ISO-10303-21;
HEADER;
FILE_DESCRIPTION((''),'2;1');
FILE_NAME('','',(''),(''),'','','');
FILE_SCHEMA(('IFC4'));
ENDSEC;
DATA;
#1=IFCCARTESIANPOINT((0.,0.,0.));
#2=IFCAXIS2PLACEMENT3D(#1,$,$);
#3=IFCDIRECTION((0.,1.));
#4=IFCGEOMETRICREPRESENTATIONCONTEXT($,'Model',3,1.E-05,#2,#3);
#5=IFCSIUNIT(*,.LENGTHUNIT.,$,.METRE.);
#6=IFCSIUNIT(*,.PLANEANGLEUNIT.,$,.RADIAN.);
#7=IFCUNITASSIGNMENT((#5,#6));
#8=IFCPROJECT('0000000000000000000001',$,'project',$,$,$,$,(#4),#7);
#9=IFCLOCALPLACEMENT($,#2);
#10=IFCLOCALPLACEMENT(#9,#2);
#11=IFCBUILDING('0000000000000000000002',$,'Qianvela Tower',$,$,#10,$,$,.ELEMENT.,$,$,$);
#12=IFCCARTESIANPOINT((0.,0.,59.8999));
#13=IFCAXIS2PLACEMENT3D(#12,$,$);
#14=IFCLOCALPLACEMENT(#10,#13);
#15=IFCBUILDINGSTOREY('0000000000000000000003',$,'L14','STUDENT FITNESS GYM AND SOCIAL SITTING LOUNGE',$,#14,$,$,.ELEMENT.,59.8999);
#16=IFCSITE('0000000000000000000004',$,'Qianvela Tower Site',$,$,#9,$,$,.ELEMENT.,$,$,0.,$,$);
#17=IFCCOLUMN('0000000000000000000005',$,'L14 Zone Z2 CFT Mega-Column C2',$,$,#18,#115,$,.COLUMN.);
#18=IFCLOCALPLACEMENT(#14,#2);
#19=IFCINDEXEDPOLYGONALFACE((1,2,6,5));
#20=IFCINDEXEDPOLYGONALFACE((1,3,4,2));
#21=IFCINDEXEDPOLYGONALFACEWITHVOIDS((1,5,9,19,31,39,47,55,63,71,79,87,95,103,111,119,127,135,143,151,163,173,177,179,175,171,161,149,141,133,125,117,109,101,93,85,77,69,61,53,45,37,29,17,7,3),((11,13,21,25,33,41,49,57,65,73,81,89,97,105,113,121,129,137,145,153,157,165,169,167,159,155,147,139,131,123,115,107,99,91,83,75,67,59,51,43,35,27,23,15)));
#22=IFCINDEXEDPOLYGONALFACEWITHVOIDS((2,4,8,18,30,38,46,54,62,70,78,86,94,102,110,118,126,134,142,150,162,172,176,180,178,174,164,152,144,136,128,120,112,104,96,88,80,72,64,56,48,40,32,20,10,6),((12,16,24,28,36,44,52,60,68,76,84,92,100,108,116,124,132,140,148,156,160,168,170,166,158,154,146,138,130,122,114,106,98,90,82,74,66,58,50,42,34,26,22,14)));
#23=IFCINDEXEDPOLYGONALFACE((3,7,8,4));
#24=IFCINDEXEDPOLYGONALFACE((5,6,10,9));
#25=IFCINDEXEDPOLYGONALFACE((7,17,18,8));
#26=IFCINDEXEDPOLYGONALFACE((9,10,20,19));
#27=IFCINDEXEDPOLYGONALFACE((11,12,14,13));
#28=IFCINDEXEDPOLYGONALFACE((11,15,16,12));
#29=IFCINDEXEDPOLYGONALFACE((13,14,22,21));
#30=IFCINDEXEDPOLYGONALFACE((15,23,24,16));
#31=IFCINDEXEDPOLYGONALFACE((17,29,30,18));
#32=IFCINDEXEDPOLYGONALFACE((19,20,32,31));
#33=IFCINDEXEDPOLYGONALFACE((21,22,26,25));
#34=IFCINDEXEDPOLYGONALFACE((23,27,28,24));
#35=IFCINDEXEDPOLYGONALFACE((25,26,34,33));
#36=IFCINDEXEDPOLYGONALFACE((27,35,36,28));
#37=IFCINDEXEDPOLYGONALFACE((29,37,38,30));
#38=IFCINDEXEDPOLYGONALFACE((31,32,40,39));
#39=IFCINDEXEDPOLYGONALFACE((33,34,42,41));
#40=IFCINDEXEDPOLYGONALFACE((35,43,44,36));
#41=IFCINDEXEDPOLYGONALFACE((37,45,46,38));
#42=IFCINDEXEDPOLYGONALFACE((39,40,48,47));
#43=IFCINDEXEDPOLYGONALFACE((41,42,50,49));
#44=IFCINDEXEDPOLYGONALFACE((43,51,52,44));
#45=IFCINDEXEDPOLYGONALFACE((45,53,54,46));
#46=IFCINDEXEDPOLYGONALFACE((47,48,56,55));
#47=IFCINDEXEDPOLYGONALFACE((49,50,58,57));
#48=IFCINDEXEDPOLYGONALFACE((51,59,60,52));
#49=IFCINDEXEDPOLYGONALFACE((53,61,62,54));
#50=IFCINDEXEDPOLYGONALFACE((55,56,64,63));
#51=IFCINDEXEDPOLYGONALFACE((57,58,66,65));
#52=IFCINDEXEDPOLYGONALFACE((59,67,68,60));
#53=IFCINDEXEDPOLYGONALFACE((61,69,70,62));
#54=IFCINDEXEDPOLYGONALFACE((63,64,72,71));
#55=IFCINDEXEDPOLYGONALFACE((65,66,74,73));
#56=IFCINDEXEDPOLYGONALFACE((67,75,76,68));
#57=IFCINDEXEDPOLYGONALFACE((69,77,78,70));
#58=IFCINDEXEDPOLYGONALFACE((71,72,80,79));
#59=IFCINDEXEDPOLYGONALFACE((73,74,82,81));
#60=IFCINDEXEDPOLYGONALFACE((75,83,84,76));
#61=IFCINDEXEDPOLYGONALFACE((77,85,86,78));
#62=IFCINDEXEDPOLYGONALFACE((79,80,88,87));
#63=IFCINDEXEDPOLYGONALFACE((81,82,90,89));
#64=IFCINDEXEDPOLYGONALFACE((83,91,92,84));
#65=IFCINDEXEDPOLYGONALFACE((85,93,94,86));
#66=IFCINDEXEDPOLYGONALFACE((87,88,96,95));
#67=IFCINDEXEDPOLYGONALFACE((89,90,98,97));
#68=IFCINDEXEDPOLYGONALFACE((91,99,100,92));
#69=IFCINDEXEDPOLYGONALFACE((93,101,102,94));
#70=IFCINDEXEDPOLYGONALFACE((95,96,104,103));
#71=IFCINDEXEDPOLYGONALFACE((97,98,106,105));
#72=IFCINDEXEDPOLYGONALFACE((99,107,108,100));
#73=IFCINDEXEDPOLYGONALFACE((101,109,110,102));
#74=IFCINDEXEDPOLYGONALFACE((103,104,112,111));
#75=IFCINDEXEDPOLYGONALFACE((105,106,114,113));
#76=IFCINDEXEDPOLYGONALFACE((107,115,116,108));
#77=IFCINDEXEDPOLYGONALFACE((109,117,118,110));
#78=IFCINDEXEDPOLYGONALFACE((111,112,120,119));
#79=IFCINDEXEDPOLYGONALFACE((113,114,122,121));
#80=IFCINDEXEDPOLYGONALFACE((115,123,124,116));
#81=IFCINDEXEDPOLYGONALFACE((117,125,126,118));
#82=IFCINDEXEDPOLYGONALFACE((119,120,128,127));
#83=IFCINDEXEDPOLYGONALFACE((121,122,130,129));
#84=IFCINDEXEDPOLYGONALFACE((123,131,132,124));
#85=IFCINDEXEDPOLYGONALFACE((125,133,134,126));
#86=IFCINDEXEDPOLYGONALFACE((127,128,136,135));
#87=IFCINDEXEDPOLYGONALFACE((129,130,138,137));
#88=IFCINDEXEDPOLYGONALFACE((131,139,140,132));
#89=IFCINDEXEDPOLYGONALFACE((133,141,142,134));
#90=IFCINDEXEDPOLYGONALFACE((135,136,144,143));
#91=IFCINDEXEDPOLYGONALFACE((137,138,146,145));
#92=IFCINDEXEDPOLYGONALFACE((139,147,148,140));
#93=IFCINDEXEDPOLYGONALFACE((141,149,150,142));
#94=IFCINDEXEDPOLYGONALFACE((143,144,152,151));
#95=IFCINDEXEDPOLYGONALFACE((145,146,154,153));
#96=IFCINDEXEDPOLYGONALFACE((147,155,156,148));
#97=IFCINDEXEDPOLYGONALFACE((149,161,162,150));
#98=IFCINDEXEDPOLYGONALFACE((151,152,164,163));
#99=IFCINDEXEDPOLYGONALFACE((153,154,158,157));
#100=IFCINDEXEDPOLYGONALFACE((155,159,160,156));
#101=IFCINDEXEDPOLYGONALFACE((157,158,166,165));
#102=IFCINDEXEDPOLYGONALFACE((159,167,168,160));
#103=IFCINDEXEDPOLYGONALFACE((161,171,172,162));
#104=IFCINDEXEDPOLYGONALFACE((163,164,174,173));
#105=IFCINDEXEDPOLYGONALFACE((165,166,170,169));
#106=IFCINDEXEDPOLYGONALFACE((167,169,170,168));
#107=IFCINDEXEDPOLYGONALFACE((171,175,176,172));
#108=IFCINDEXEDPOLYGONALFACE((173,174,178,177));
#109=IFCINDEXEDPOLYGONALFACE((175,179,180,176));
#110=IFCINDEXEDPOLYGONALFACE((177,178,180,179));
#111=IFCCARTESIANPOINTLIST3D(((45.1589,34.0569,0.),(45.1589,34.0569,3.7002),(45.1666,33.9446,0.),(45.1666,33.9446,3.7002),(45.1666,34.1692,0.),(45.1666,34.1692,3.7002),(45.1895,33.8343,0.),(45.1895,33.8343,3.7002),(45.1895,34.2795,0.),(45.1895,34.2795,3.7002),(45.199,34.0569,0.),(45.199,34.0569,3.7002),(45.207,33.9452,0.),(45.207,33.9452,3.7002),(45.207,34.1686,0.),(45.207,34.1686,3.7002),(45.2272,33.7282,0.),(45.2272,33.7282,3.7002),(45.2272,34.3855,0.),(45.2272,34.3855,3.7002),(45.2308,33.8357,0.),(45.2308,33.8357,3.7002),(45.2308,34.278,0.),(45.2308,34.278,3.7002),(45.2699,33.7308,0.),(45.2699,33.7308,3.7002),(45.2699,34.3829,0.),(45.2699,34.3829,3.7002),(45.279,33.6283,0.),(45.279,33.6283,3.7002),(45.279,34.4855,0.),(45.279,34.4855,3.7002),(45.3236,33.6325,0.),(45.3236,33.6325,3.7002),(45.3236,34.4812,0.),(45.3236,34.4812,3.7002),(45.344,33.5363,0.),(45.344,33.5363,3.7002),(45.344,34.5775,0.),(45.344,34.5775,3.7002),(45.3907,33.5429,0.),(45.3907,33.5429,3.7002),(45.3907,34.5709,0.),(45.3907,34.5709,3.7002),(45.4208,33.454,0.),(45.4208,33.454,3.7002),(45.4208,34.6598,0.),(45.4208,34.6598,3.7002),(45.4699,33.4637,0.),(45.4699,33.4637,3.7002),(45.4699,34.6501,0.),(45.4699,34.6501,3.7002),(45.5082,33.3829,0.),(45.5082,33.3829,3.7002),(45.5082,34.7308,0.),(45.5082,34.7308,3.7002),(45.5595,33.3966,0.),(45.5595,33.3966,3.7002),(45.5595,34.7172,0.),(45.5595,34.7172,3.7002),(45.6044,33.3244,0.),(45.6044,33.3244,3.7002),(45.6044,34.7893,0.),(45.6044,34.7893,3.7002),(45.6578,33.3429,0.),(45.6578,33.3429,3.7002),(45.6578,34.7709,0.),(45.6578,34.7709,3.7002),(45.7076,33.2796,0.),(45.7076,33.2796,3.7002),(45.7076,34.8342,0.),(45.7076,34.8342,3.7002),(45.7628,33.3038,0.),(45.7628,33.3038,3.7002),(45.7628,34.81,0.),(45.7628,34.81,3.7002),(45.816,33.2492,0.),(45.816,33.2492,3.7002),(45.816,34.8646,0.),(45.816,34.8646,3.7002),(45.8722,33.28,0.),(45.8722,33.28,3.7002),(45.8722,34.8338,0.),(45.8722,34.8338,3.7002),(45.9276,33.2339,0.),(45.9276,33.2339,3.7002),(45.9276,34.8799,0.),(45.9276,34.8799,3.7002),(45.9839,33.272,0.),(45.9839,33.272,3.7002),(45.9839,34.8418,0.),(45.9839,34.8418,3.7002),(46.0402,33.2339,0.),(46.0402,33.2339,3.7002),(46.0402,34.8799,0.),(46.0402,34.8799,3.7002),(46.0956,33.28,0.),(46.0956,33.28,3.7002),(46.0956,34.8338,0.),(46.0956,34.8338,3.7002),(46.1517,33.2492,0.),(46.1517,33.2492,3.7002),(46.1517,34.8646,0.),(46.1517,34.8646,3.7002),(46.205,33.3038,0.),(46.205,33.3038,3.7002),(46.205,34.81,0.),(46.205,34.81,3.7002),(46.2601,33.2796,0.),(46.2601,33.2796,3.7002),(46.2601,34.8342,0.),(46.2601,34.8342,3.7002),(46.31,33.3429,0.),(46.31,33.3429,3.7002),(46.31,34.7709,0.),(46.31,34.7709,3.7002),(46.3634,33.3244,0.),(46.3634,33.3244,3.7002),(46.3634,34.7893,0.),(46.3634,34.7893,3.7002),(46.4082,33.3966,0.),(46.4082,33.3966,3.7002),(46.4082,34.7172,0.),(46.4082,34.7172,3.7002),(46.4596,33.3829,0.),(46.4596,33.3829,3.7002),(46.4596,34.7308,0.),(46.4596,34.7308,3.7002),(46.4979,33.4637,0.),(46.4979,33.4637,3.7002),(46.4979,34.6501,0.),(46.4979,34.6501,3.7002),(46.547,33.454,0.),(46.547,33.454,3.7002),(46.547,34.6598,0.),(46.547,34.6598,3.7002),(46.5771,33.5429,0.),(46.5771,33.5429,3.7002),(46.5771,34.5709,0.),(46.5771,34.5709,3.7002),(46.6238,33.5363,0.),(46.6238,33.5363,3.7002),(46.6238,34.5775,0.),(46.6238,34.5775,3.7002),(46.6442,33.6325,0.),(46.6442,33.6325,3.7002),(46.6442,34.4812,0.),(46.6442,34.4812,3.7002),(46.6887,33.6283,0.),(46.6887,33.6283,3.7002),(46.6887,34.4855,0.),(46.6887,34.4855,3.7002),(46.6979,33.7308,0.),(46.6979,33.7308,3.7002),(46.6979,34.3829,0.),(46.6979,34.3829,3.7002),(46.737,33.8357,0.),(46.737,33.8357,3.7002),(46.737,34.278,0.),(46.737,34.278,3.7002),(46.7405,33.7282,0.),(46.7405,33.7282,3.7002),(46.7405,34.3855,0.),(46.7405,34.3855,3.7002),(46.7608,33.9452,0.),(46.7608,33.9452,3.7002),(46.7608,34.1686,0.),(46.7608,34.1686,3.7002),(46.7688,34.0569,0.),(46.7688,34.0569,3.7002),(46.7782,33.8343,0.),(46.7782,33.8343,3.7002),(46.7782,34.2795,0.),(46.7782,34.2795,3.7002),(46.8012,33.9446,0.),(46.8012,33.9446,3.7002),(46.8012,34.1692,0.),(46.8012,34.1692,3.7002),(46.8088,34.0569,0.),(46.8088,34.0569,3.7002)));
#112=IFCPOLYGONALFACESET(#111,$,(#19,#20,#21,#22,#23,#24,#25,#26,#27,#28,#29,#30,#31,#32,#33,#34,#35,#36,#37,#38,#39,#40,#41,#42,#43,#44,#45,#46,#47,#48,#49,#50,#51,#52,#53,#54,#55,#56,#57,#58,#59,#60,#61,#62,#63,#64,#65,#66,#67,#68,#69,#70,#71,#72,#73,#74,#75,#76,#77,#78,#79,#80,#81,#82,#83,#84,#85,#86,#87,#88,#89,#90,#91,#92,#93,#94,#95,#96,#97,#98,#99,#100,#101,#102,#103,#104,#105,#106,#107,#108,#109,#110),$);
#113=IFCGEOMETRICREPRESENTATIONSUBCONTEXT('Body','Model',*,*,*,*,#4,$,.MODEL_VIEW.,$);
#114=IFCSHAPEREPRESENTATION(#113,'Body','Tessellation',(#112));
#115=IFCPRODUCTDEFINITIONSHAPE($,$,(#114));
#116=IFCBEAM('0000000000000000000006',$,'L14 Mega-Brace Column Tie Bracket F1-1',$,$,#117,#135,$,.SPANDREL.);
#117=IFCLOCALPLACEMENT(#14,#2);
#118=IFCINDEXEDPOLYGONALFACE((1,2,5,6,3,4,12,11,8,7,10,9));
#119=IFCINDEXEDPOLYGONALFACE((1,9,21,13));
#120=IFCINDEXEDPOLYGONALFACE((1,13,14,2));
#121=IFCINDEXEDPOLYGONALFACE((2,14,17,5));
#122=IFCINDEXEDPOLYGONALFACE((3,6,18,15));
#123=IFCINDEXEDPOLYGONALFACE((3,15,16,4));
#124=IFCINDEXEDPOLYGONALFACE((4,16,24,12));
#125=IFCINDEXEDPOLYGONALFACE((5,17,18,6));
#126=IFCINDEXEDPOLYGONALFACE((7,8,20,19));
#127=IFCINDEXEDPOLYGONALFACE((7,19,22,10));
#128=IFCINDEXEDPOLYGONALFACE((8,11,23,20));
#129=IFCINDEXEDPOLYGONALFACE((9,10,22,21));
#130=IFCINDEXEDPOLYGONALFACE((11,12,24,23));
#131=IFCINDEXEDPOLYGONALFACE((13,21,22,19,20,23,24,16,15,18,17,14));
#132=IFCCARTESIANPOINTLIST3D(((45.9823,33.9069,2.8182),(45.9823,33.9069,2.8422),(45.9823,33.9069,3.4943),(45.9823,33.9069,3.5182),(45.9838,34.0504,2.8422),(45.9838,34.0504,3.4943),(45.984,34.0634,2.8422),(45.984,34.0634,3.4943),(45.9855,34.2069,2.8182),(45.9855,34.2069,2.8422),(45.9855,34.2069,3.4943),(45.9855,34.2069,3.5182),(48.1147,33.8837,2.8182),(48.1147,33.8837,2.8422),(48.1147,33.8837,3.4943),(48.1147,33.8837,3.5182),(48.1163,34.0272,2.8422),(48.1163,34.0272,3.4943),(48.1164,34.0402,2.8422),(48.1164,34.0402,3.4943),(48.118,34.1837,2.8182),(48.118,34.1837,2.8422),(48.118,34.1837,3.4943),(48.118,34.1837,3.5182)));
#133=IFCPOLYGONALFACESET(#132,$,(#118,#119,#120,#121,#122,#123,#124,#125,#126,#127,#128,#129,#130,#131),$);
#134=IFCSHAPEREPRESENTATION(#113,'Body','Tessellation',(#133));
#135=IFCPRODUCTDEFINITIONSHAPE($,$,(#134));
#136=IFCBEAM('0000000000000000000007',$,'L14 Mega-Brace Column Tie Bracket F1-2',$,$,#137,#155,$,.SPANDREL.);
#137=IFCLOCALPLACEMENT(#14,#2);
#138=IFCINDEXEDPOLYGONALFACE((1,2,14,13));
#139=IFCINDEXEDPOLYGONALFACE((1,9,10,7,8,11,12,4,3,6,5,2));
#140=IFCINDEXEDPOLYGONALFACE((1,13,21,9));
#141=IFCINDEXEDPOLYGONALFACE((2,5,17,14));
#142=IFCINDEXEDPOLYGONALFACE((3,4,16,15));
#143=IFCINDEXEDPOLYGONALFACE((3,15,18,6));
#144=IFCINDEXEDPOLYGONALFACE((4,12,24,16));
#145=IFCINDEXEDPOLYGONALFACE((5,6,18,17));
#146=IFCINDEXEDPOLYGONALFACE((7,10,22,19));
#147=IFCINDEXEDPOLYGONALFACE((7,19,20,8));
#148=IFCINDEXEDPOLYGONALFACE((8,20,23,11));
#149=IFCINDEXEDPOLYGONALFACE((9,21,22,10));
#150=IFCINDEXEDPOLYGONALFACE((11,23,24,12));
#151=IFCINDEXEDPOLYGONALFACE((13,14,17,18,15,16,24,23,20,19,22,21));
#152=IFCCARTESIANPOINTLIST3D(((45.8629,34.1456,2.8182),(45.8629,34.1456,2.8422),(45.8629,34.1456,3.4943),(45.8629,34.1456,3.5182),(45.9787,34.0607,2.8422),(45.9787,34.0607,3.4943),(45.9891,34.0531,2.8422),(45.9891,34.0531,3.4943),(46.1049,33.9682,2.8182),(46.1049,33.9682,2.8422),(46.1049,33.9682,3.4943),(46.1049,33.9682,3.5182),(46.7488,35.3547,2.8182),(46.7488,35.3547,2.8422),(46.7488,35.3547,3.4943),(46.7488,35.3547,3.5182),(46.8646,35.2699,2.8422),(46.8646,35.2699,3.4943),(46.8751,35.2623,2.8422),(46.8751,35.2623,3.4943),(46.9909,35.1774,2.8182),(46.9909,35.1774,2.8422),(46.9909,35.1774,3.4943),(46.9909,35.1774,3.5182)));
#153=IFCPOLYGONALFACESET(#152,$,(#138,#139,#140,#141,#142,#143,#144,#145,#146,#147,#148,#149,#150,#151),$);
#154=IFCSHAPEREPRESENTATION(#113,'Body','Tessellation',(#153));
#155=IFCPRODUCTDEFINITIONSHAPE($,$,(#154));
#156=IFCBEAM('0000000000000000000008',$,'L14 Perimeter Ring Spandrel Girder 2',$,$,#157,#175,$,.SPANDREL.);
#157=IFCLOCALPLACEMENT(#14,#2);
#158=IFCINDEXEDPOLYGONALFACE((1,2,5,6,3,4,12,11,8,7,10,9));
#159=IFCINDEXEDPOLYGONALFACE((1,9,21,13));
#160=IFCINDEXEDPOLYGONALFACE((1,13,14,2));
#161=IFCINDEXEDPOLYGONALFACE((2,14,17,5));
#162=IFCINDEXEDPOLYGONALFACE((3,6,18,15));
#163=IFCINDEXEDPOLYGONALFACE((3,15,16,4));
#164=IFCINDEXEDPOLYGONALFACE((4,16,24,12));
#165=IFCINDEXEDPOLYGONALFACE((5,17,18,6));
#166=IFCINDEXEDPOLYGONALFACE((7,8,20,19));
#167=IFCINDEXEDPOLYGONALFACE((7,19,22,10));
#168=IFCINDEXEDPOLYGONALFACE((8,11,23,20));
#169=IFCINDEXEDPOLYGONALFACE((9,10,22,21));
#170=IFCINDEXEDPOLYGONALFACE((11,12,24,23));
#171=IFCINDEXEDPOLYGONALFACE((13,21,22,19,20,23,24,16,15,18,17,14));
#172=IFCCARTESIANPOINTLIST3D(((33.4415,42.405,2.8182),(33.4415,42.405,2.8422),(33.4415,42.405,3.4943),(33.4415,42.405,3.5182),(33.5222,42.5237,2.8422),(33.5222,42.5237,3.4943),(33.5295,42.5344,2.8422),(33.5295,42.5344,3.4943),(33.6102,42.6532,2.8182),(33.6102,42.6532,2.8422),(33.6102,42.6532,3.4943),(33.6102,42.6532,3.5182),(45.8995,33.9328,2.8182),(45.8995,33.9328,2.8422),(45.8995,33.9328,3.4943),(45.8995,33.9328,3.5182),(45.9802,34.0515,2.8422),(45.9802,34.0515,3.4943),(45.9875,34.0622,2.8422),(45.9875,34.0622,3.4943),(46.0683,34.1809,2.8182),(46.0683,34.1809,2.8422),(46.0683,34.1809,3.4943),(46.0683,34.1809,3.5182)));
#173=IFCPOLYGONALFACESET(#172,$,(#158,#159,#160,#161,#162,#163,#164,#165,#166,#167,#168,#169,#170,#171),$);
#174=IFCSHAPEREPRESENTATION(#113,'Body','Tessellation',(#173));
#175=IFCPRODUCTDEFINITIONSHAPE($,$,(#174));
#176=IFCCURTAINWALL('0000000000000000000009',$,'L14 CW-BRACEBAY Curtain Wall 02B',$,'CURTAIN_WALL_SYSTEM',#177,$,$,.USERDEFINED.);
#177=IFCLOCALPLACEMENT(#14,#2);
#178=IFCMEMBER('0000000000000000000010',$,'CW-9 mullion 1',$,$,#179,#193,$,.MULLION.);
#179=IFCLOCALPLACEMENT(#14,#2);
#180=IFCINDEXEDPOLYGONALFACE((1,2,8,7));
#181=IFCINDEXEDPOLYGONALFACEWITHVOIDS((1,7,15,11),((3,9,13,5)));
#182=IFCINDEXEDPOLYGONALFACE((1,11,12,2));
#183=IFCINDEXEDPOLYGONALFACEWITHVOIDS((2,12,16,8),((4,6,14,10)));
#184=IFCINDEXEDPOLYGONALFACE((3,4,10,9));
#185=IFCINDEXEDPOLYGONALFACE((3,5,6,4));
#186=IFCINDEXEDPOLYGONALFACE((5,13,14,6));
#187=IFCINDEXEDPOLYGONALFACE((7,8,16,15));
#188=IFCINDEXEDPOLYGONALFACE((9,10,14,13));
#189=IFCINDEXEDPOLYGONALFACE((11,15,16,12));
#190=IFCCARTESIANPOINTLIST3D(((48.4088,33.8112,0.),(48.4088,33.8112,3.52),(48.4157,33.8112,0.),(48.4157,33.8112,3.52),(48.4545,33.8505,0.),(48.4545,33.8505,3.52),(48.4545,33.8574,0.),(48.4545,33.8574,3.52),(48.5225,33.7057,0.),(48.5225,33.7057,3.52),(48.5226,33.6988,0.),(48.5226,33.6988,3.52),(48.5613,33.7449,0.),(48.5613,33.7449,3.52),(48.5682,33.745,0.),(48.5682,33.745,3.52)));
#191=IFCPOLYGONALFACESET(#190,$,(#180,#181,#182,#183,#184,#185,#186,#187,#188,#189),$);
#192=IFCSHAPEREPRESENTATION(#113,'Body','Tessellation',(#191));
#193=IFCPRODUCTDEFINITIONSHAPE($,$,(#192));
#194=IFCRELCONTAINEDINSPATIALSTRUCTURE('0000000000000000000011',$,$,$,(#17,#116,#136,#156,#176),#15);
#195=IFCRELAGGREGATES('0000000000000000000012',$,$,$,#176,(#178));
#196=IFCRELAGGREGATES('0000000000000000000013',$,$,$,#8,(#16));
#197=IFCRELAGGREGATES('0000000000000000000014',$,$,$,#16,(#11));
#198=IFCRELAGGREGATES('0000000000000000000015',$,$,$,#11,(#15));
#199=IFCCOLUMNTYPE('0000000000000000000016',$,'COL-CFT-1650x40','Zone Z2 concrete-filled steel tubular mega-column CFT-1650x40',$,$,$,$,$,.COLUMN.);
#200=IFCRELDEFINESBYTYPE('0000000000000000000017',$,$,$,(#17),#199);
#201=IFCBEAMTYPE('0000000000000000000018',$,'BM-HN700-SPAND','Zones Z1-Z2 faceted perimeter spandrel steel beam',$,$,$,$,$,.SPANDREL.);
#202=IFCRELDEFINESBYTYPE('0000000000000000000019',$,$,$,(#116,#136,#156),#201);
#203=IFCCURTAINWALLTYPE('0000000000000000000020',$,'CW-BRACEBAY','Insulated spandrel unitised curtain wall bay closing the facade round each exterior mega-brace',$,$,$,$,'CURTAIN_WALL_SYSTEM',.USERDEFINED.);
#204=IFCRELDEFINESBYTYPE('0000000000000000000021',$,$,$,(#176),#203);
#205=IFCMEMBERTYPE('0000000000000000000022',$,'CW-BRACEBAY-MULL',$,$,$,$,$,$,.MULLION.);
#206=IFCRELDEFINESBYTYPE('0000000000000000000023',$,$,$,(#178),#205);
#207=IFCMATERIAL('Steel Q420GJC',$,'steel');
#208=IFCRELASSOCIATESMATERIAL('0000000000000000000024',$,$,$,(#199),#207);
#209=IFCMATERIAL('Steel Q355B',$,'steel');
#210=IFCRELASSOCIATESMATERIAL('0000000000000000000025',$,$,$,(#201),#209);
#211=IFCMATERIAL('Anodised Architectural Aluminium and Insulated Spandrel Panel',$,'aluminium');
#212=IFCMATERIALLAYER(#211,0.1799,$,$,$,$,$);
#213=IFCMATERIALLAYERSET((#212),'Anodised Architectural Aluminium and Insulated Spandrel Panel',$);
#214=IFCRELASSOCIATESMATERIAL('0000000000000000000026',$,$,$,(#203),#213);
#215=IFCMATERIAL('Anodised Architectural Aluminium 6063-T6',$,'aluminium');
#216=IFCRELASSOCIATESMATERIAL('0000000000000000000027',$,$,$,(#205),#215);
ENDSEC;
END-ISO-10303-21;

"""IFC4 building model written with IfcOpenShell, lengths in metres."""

from ifc_helpers import new_model, si_unit, direction, frame, origin, origin_2d, place, context, subcontext, project, spatial, hollow_rectangle, hollow_circle, i_section, extrude, material, layer, layer_set, material_profile, profile_set, type_object, element, aggregate, save


model = new_model("IFC4")

# Units and contexts
model_context = context("Model", 3, precision=1e-05, world=origin(), true_north=direction((0.0, 1.0)))
body_context = subcontext(model_context, "Body", "Model", "MODEL_VIEW")
ifc_project = project(units=[si_unit("LENGTHUNIT", "METRE"), si_unit("PLANEANGLEUNIT", "RADIAN")], contexts=[model_context])

# Site, building, storey
site_placement = place(None, origin())
site = spatial("IfcSite", under=ifc_project, at=site_placement, Name="Qianvela Tower Site", CompositionType="ELEMENT", RefElevation=0.0)
building_placement = place(site_placement, origin())
building = spatial("IfcBuilding", under=site, at=building_placement, Name="Qianvela Tower", CompositionType="ELEMENT")
storey_placement = place(building_placement, frame((0.0, 0.0, 59.8999)))
storey = spatial("IfcBuildingStorey", under=building, at=storey_placement, Name="L14", Description="STUDENT FITNESS GYM AND SOCIAL SITTING LOUNGE", CompositionType="ELEMENT", Elevation=59.8999)

# Column
ifc_material_1 = material(Name="Steel Q420GJC", Category="steel")
ifc_material_profile_1 = material_profile(ifc_material_1, hollow_circle(Radius=0.825, WallThickness=0.04, at=origin_2d()), Name="CFT-1650x40")
ifc_profile_set_1 = profile_set([ifc_material_profile_1], Name="Steel Q420GJC")
column_type = type_object("IfcColumnType", Name="COL-CFT-1650x40", Description="Zone Z2 concrete-filled steel tubular mega-column CFT-1650x40", PredefinedType="COLUMN", material=ifc_profile_set_1)
column_placement = place(storey_placement, frame((45.9839, 34.0569, 0.0), z_axis=(0.0, 0.0, 1.0), x_axis=(1.0, 0.0, 0.0)))
element("IfcColumn", 1, at=column_placement, inside=storey, type_object=column_type, Name="L14 Zone Z2 CFT Mega-Column C2", PredefinedType="COLUMN", context=body_context, shape_type="SweptSolid", body=[
    extrude(hollow_circle(Radius=0.825, WallThickness=0.04, at=origin_2d()), origin(), (0.0, 0.0, 1.0), 3.7002),
])

# Beams
ifc_material_2 = material(Name="Steel Q355B", Category="steel")
ifc_material_profile_2 = material_profile(ifc_material_2, i_section(OverallWidth=0.3, OverallDepth=0.7, WebThickness=0.0129, FlangeThickness=0.0239, at=origin_2d()), Name="HN700x300x13x24")
ifc_profile_set_2 = profile_set([ifc_material_profile_2], Name="Steel Q355B")
beam_type = type_object("IfcBeamType", Name="BM-HN700-SPAND", Description="Zones Z1-Z2 faceted perimeter spandrel steel beam", PredefinedType="SPANDREL", material=ifc_profile_set_2)
beam_1_placement = place(storey_placement, frame((45.9839, 34.0569, 3.1682), z_axis=(0.999941, -0.010876, 0.0), x_axis=(0.010876, 0.999941, 0.0)))
element("IfcBeam", 2, at=beam_1_placement, inside=storey, type_object=beam_type, Name="L14 Mega-Brace Column Tie Bracket F1-1", PredefinedType="SPANDREL", context=body_context, shape_type="SweptSolid", body=[
    extrude(i_section(OverallWidth=0.3, OverallDepth=0.7, WebThickness=0.0129, FlangeThickness=0.0239, at=origin_2d()), origin(), (0.0, 0.0, 1.0), 2.1326),
])
beam_2_placement = place(storey_placement, frame((45.9839, 34.0569, 3.1682), z_axis=(0.591025, 0.806653, 0.0), x_axis=(-0.806653, 0.591025, 0.0)))
element("IfcBeam", 3, at=beam_2_placement, inside=storey, type_object=beam_type, Name="L14 Mega-Brace Column Tie Bracket F1-2", PredefinedType="SPANDREL", context=body_context, shape_type="SweptSolid", body=[
    extrude(i_section(OverallWidth=0.3, OverallDepth=0.7, WebThickness=0.0129, FlangeThickness=0.0239, at=origin_2d()), origin(), (0.0, 0.0, 1.0), 1.499),
])
beam_3_placement = place(storey_placement, frame((45.9839, 34.0569, 3.1682), z_axis=(-0.826904, 0.562343, 0.0), x_axis=(-0.562343, -0.826904, 0.0)))
element("IfcBeam", 4, at=beam_3_placement, inside=storey, type_object=beam_type, Name="L14 Perimeter Ring Spandrel Girder 2", PredefinedType="SPANDREL", context=body_context, shape_type="SweptSolid", body=[
    extrude(i_section(OverallWidth=0.3, OverallDepth=0.7, WebThickness=0.0129, FlangeThickness=0.0239, at=origin_2d()), origin(), (0.0, 0.0, 1.0), 15.0659),
])

# Curtain wall, member
ifc_material_3 = material(Name="Anodised Architectural Aluminium and Insulated Spandrel Panel", Category="aluminium")
ifc_layer_1 = layer(ifc_material_3, 0.1799)
ifc_layer_set_1 = layer_set([ifc_layer_1], Name="Anodised Architectural Aluminium and Insulated Spandrel Panel")
curtain_wall_type_1 = type_object("IfcCurtainWallType", Name="CW-BRACEBAY", Description="Insulated spandrel unitised curtain wall bay closing the facade round each exterior mega-brace", ElementType="CURTAIN_WALL_SYSTEM", PredefinedType="USERDEFINED", material=ifc_layer_set_1)
curtain_wall_1_placement = place(storey_placement, origin())
curtain_wall_1 = element("IfcCurtainWall", 5, at=curtain_wall_1_placement, inside=storey, type_object=curtain_wall_type_1, Name="L14 CW-BRACEBAY Curtain Wall 02B", ObjectType="CURTAIN_WALL_SYSTEM", PredefinedType="USERDEFINED")
ifc_material_4 = material(Name="Anodised Architectural Aluminium 6063-T6", Category="aluminium")
ifc_material_profile_3 = material_profile(ifc_material_4, hollow_rectangle(XDim=0.0649, YDim=0.1599, WallThickness=0.0049, at=origin_2d()), Name="ALU-MULL-65x160")
ifc_profile_set_3 = profile_set([ifc_material_profile_3], Name="Anodised Architectural Aluminium 6063-T6")
member_type_1 = type_object("IfcMemberType", Name="CW-BRACEBAY-MULL", PredefinedType="MULLION", material=ifc_profile_set_3)
member_1_placement = place(storey_placement, frame((48.4885, 33.7781, 0.0), z_axis=(0.0, 0.0, 1.0), x_axis=(-0.703054, -0.711137, 0.0)))
member_1 = element("IfcMember", 6, at=member_1_placement, type_object=member_type_1, Name="CW-9 mullion 1", PredefinedType="MULLION", context=body_context, shape_type="SweptSolid", body=[
    extrude(hollow_rectangle(XDim=0.0649, YDim=0.1599, WallThickness=0.0049, at=origin_2d()), origin(), (0.0, 0.0, 1.0), 3.52),
])

aggregate(curtain_wall_1, [member_1])

save(model, "model.ifc")
